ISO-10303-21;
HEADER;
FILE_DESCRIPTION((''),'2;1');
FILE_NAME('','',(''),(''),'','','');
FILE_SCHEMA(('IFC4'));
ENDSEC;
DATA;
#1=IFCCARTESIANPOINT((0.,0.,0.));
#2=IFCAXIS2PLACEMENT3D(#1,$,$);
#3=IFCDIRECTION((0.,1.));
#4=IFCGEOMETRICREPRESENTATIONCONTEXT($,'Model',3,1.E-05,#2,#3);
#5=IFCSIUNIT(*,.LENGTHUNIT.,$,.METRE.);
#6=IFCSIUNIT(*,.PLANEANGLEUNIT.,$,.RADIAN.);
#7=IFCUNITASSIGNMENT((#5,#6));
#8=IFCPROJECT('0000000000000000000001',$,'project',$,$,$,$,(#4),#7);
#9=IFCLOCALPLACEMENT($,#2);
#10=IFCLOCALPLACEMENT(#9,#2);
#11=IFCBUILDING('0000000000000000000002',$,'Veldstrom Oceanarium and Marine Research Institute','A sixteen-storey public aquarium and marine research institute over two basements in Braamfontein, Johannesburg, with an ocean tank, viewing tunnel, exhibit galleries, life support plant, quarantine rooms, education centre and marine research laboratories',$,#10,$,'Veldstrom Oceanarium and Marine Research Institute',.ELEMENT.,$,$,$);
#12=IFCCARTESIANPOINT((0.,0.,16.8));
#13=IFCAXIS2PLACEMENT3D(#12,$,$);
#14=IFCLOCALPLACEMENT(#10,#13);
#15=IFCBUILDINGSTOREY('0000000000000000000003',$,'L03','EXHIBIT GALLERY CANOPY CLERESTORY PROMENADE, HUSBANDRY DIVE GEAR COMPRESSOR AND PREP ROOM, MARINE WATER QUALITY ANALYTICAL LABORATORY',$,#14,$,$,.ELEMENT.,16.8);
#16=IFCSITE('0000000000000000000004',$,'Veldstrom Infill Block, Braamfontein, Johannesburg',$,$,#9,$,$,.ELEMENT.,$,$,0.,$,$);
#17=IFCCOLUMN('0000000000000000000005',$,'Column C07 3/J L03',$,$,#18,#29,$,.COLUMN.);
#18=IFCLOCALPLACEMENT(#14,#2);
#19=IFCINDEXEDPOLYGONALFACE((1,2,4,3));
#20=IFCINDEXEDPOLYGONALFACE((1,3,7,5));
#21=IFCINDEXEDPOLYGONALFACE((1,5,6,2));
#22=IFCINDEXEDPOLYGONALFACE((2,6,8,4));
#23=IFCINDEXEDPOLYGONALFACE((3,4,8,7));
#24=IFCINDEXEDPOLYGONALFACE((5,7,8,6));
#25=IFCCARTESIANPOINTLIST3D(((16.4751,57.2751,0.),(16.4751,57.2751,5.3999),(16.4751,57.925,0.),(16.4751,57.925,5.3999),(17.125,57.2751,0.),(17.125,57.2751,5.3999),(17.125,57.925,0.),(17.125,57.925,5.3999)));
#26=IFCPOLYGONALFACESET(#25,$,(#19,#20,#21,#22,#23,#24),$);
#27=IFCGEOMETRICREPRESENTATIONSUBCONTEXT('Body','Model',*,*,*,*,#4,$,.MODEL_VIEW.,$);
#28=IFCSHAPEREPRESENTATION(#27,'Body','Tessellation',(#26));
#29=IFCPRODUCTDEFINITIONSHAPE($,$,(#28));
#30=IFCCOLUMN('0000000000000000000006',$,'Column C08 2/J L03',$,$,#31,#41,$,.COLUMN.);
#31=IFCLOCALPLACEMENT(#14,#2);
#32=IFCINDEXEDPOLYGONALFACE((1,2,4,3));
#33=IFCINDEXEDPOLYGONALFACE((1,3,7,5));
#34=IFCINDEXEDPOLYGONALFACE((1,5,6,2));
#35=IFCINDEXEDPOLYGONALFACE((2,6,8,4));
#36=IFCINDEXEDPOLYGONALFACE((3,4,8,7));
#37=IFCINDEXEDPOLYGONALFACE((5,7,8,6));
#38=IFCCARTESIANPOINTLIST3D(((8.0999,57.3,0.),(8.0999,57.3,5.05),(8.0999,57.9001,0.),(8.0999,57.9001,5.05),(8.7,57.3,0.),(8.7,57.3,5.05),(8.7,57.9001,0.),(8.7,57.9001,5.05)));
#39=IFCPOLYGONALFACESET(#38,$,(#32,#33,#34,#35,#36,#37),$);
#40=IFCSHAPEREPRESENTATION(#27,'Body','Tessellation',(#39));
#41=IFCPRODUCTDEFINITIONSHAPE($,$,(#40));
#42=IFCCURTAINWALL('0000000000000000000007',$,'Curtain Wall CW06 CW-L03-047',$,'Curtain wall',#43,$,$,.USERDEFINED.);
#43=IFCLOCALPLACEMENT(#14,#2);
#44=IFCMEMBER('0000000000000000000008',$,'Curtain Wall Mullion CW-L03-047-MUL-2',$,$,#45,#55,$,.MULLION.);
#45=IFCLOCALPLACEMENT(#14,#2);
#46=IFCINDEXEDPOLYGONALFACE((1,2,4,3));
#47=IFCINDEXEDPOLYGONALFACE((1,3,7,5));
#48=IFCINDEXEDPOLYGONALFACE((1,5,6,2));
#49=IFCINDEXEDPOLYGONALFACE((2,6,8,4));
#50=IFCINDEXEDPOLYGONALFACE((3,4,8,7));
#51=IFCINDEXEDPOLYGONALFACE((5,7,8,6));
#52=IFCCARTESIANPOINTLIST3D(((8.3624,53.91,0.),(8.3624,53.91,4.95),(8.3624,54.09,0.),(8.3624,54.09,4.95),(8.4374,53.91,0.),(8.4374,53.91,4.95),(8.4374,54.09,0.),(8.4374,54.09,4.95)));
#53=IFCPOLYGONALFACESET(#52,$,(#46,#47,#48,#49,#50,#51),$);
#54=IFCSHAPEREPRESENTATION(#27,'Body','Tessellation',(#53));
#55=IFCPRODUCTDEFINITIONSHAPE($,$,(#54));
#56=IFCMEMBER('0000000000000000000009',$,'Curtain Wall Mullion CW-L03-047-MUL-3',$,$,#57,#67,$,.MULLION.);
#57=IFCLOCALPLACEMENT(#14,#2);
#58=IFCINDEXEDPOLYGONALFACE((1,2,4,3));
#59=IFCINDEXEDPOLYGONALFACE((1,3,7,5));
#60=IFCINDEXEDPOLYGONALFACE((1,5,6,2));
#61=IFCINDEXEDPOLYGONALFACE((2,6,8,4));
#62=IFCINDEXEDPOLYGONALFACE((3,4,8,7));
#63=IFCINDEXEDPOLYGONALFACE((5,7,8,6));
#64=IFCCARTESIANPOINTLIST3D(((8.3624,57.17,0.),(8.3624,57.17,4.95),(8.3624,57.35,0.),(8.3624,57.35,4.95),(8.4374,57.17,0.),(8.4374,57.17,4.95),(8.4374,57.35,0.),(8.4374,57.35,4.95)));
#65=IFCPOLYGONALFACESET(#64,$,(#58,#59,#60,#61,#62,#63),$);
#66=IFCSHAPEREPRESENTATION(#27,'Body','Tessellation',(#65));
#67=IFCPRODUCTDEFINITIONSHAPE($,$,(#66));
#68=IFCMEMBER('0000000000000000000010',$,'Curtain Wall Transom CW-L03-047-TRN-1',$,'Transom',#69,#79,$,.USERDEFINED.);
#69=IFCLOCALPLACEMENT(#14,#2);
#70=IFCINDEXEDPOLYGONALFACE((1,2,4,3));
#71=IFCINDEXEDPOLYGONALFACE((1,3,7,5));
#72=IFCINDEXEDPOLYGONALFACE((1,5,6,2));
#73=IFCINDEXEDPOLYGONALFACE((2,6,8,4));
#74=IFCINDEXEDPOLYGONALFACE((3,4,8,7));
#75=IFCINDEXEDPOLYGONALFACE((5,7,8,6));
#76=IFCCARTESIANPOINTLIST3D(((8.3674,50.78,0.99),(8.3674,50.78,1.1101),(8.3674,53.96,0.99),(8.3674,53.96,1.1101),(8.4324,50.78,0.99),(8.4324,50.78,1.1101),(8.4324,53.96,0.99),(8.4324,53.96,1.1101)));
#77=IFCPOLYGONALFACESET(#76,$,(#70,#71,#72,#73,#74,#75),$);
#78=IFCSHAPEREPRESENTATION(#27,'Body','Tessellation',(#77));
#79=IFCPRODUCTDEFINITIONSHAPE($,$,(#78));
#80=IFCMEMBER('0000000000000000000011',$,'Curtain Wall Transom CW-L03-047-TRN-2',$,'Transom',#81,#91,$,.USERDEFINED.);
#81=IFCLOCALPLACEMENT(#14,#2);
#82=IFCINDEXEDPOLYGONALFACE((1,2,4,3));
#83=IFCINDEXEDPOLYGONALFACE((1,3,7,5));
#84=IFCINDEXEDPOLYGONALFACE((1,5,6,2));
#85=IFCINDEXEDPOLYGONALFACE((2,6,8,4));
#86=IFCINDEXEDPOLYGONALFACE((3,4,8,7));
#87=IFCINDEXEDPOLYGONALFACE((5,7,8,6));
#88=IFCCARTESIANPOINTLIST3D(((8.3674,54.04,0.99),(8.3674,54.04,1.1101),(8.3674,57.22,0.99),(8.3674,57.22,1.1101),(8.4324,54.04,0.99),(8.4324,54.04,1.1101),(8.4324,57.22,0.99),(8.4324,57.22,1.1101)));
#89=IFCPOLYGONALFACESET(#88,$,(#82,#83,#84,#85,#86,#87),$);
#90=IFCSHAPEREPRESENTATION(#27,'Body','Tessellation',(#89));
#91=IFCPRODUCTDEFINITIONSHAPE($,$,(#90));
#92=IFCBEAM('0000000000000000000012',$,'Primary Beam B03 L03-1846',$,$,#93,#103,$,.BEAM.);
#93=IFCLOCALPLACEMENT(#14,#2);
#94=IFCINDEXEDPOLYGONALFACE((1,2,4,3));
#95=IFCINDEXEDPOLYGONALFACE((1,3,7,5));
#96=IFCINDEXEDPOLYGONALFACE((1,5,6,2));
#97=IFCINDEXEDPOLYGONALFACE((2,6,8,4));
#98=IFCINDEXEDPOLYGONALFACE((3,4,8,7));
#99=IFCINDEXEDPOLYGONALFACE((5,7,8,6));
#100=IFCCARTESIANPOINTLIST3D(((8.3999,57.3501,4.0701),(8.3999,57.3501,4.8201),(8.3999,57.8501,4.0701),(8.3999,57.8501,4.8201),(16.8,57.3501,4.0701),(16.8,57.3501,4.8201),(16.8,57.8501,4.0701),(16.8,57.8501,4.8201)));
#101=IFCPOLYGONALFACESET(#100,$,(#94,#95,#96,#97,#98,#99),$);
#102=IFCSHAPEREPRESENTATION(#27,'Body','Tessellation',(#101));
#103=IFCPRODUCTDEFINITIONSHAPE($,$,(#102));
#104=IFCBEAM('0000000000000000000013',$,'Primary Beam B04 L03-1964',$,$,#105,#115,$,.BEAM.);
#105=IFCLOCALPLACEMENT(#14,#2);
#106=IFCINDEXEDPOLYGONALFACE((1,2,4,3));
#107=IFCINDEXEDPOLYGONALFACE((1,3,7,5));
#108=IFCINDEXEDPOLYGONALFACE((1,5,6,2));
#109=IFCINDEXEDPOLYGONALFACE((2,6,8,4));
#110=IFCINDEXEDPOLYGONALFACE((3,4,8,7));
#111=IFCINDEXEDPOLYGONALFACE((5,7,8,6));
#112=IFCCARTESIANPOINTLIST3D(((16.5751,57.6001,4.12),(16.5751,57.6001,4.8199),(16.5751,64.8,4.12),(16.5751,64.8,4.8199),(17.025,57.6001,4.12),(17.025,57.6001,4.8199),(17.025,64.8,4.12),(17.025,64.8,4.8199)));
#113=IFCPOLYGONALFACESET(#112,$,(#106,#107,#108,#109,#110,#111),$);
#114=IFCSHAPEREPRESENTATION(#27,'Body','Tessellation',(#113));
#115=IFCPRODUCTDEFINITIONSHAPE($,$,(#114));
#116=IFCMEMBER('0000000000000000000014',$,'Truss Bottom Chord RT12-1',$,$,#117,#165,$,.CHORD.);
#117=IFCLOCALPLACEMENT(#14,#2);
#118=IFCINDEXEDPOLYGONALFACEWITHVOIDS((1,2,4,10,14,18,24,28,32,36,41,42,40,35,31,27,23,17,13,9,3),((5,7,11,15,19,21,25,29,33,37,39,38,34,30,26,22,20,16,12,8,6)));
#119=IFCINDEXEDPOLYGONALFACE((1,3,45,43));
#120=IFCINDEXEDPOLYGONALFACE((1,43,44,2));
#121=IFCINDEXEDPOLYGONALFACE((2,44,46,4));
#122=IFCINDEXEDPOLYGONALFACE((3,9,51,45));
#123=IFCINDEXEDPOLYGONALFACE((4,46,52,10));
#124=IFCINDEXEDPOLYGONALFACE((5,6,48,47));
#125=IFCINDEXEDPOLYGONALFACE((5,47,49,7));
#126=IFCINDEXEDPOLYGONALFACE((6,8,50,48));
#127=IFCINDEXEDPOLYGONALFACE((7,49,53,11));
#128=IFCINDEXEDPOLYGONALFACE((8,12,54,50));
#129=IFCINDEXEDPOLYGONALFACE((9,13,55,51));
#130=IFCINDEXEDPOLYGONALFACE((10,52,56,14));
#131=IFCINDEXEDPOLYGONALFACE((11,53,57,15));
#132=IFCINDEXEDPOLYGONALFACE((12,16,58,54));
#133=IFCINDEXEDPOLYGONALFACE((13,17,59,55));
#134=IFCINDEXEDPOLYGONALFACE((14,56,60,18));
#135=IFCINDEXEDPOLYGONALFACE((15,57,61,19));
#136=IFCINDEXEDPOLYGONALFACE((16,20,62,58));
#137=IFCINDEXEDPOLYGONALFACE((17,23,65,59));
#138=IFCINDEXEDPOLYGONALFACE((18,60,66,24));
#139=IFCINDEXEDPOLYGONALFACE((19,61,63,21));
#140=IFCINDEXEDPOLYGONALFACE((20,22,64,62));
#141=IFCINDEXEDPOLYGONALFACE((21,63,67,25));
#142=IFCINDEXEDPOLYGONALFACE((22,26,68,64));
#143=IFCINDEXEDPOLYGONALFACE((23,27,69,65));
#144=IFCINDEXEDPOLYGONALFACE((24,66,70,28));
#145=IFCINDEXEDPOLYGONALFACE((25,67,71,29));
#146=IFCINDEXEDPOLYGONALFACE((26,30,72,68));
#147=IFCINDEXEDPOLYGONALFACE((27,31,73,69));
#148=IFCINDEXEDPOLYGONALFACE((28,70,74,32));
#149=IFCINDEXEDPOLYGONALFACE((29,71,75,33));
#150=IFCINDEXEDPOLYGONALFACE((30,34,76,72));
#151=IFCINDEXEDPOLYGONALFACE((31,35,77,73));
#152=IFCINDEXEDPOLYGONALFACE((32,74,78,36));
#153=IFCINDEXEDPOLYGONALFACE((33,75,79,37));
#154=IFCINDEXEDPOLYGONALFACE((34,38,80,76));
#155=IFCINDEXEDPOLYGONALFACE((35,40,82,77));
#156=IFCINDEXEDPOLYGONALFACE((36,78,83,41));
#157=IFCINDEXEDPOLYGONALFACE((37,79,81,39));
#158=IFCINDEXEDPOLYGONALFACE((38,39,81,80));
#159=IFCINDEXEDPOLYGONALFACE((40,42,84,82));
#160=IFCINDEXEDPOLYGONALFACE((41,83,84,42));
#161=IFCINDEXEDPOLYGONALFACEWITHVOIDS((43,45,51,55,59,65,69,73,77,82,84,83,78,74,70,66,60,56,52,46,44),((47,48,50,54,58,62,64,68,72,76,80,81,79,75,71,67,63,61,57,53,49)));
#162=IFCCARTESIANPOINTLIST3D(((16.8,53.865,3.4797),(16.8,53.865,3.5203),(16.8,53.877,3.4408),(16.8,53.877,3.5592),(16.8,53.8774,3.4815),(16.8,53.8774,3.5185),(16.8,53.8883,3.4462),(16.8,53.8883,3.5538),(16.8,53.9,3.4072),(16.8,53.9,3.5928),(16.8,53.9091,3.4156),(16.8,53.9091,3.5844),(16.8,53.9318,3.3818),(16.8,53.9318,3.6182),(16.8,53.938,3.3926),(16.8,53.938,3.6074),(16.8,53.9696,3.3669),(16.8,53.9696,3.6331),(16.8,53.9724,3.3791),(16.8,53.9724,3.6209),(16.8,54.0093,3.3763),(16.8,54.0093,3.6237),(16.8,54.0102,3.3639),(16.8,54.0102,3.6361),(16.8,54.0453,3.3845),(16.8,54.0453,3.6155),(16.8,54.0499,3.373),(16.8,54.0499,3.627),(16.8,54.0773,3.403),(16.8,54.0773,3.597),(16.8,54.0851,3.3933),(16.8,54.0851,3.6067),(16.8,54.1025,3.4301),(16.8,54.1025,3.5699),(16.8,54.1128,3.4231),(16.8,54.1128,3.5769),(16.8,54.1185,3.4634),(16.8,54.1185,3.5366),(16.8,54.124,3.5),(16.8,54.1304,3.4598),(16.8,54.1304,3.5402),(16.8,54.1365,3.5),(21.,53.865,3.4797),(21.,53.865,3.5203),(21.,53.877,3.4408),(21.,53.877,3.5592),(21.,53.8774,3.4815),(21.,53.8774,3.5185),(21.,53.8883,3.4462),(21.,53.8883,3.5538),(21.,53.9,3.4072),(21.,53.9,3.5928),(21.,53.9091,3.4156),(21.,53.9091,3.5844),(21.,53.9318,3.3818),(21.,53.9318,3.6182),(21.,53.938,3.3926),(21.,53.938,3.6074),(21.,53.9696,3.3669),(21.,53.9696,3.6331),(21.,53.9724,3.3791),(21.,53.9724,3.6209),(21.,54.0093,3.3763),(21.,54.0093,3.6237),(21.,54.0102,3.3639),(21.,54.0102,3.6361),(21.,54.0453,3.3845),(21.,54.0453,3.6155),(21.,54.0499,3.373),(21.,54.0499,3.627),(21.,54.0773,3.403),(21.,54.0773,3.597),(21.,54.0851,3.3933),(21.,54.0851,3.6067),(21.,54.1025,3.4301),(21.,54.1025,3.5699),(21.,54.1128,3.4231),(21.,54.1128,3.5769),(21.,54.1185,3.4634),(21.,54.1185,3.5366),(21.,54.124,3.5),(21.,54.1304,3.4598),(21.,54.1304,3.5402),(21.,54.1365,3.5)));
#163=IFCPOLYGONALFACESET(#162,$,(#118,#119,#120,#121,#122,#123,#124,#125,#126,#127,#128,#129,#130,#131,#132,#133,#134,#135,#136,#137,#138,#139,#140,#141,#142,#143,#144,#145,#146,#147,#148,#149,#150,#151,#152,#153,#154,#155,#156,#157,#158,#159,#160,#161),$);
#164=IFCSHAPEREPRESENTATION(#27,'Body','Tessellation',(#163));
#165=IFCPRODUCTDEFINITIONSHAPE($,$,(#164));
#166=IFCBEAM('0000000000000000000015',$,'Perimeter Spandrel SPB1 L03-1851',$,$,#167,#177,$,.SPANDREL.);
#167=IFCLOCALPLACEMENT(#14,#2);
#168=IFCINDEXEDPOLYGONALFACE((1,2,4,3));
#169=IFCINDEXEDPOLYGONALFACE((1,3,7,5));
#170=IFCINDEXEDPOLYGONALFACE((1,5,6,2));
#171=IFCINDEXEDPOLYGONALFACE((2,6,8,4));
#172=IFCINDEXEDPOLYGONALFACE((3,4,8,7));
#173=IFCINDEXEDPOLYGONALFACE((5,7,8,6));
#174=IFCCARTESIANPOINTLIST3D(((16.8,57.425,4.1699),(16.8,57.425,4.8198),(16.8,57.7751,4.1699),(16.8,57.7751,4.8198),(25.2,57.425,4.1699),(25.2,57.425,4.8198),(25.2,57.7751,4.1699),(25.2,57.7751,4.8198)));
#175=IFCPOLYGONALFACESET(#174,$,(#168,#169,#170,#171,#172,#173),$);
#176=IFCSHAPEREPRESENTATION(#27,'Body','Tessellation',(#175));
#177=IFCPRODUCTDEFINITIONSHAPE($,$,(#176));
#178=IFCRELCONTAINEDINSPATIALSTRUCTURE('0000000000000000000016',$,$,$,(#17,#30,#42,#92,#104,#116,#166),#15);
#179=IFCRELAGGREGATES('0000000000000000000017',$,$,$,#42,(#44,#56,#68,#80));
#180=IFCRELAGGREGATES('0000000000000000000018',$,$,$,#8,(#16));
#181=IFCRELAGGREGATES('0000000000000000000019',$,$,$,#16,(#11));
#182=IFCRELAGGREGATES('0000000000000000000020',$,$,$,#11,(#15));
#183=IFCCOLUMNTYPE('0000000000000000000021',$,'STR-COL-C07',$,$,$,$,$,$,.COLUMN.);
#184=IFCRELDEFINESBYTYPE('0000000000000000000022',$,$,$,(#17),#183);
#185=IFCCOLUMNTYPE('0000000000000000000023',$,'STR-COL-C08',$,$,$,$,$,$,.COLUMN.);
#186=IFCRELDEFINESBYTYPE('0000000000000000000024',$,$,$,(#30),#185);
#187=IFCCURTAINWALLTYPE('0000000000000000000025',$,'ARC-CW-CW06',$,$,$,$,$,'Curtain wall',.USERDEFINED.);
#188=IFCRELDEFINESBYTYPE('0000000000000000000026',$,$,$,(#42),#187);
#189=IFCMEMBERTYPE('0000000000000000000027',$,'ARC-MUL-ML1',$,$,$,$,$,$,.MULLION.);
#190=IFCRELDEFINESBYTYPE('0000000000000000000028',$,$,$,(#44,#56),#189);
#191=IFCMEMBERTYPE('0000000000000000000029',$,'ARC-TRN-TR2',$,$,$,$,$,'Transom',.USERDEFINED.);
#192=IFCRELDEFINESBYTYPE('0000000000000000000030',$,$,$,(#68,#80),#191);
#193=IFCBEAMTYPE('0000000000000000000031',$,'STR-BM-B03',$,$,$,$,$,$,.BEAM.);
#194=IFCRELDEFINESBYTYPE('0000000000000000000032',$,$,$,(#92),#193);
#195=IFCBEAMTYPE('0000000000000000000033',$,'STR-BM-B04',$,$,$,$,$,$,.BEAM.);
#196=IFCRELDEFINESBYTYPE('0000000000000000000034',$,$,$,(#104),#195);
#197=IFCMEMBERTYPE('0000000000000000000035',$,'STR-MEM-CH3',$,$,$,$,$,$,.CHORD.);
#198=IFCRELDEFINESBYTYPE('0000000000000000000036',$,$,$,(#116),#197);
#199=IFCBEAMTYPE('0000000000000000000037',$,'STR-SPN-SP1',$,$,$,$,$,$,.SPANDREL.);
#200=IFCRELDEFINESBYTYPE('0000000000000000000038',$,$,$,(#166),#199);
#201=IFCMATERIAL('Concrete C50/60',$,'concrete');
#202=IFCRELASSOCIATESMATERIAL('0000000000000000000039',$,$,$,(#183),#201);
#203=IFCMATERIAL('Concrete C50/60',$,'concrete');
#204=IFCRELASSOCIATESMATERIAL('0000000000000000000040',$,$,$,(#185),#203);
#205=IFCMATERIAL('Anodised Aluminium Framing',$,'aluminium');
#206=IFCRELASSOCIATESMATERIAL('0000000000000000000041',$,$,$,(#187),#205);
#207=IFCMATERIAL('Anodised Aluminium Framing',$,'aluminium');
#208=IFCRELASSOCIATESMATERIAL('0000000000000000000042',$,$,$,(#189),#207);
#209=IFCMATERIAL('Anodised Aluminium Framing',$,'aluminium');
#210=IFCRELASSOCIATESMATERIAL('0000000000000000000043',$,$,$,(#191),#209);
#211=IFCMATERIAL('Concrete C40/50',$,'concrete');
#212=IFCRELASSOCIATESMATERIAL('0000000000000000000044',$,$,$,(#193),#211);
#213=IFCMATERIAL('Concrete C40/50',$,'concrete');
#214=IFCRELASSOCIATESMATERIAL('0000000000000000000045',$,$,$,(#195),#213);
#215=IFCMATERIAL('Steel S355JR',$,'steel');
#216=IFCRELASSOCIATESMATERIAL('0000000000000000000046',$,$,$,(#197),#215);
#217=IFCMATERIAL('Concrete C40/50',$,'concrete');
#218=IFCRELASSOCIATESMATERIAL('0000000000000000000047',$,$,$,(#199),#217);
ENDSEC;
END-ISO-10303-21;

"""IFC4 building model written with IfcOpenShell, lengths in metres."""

from ifc_helpers import new_model, si_unit, direction, frame, origin, origin_2d, place, context, subcontext, project, spatial, rectangle, hollow_circle, extrude, material, material_profile, profile_set, type_object, element, aggregate, save


model = new_model("IFC4")

# Units and contexts
model_context = context("Model", 3, precision=1e-05, world=origin(), true_north=direction((0.0, 1.0)))
body_context = subcontext(model_context, "Body", "Model", "MODEL_VIEW")
ifc_project = project(units=[si_unit("LENGTHUNIT", "METRE"), si_unit("PLANEANGLEUNIT", "RADIAN")], contexts=[model_context])

# Site, building, storey
site_placement = place(None, origin())
site = spatial("IfcSite", under=ifc_project, at=site_placement, Name="Veldstrom Infill Block, Braamfontein, Johannesburg", CompositionType="ELEMENT", RefElevation=0.0)
building_placement = place(site_placement, origin())
building = spatial("IfcBuilding", under=site, at=building_placement, Name="Veldstrom Oceanarium and Marine Research Institute", Description="A sixteen-storey public aquarium and marine research institute over two basements in Braamfontein, Johannesburg, with an ocean tank, viewing tunnel, exhibit galleries, life support plant, quarantine rooms, education centre and marine research laboratories", LongName="Veldstrom Oceanarium and Marine Research Institute", CompositionType="ELEMENT")
storey_placement = place(building_placement, frame((0.0, 0.0, 16.8)))
storey = spatial("IfcBuildingStorey", under=building, at=storey_placement, Name="L03", Description="EXHIBIT GALLERY CANOPY CLERESTORY PROMENADE, HUSBANDRY DIVE GEAR COMPRESSOR AND PREP ROOM, MARINE WATER QUALITY ANALYTICAL LABORATORY", CompositionType="ELEMENT", Elevation=16.8)

# Columns
ifc_material_1 = material(Name="Concrete C50/60", Category="concrete")
ifc_material_profile_1 = material_profile(ifc_material_1, rectangle(XDim=0.6499, YDim=0.6499, at=origin_2d()), Name="RC-COL-650x650")
ifc_profile_set_1 = profile_set([ifc_material_profile_1], Name="Concrete C50/60")
column_type_1 = type_object("IfcColumnType", Name="STR-COL-C07", PredefinedType="COLUMN", material=ifc_profile_set_1)
column_1_placement = place(storey_placement, frame((16.8, 57.6001, 0.0), z_axis=(0.0, 0.0, 1.0), x_axis=(1.0, 0.0, 0.0)))
element("IfcColumn", 1, at=column_1_placement, inside=storey, type_object=column_type_1, Name="Column C07 3/J L03", PredefinedType="COLUMN", context=body_context, shape_type="SweptSolid", body=[
    extrude(rectangle(XDim=0.6499, YDim=0.6499, at=origin_2d()), origin(), (0.0, 0.0, 1.0), 5.3999),
])
ifc_material_2 = material(Name="Concrete C50/60", Category="concrete")
ifc_material_profile_2 = material_profile(ifc_material_2, rectangle(XDim=0.6001, YDim=0.6001, at=origin_2d()), Name="RC-COL-600x600")
ifc_profile_set_2 = profile_set([ifc_material_profile_2], Name="Concrete C50/60")
column_type_2 = type_object("IfcColumnType", Name="STR-COL-C08", PredefinedType="COLUMN", material=ifc_profile_set_2)
column_2_placement = place(storey_placement, frame((8.3999, 57.6001, 0.0), z_axis=(0.0, 0.0, 1.0), x_axis=(1.0, 0.0, 0.0)))
element("IfcColumn", 2, at=column_2_placement, inside=storey, type_object=column_type_2, Name="Column C08 2/J L03", PredefinedType="COLUMN", context=body_context, shape_type="SweptSolid", body=[
    extrude(rectangle(XDim=0.6001, YDim=0.6001, at=origin_2d()), origin(), (0.0, 0.0, 1.0), 5.05),
])

# Curtain wall, members
ifc_material_3 = material(Name="Anodised Aluminium Framing", Category="aluminium")
curtain_wall_type = type_object("IfcCurtainWallType", Name="ARC-CW-CW06", ElementType="Curtain wall", PredefinedType="USERDEFINED", material=ifc_material_3)
curtain_wall_placement = place(storey_placement, origin())
curtain_wall = element("IfcCurtainWall", 3, at=curtain_wall_placement, inside=storey, type_object=curtain_wall_type, Name="Curtain Wall CW06 CW-L03-047", ObjectType="Curtain wall", PredefinedType="USERDEFINED")
ifc_material_4 = material(Name="Anodised Aluminium Framing", Category="aluminium")
ifc_material_profile_3 = material_profile(ifc_material_4, rectangle(XDim=0.075, YDim=0.1799, at=origin_2d()), Name="ALU-MUL-75x180")
ifc_profile_set_3 = profile_set([ifc_material_profile_3], Name="Anodised Aluminium Framing")
member_type_1 = type_object("IfcMemberType", Name="ARC-MUL-ML1", PredefinedType="MULLION", material=ifc_profile_set_3)
member_1_placement = place(storey_placement, frame((8.3999, 54.0, 0.0), z_axis=(0.0, 0.0, 1.0), x_axis=(1.0, 0.0, 0.0)))
member_1 = element("IfcMember", 4, at=member_1_placement, type_object=member_type_1, Name="Curtain Wall Mullion CW-L03-047-MUL-2", PredefinedType="MULLION", context=body_context, shape_type="SweptSolid", body=[
    extrude(rectangle(XDim=0.075, YDim=0.1799, at=origin_2d()), origin(), (0.0, 0.0, 1.0), 4.95),
])
member_2_placement = place(storey_placement, frame((8.3999, 57.26, 0.0), z_axis=(0.0, 0.0, 1.0), x_axis=(1.0, 0.0, 0.0)))
member_2 = element("IfcMember", 5, at=member_2_placement, type_object=member_type_1, Name="Curtain Wall Mullion CW-L03-047-MUL-3", PredefinedType="MULLION", context=body_context, shape_type="SweptSolid", body=[
    extrude(rectangle(XDim=0.075, YDim=0.1799, at=origin_2d()), origin(), (0.0, 0.0, 1.0), 4.95),
])
ifc_material_5 = material(Name="Anodised Aluminium Framing", Category="aluminium")
ifc_material_profile_4 = material_profile(ifc_material_5, rectangle(XDim=0.0649, YDim=0.1201, at=origin_2d()), Name="ALU-TRN-65x120")
ifc_profile_set_4 = profile_set([ifc_material_profile_4], Name="Anodised Aluminium Framing")
member_type_2 = type_object("IfcMemberType", Name="ARC-TRN-TR2", ElementType="Transom", PredefinedType="USERDEFINED", material=ifc_profile_set_4)
member_3_placement = place(storey_placement, frame((8.3999, 50.78, 1.05), z_axis=(0.0, 1.0, 0.0), x_axis=(-1.0, 0.0, 0.0)))
member_3 = element("IfcMember", 6, at=member_3_placement, type_object=member_type_2, Name="Curtain Wall Transom CW-L03-047-TRN-1", ObjectType="Transom", PredefinedType="USERDEFINED", context=body_context, shape_type="SweptSolid", body=[
    extrude(rectangle(XDim=0.0649, YDim=0.1201, at=origin_2d()), origin(), (0.0, 0.0, 1.0), 3.1799),
])
member_4_placement = place(storey_placement, frame((8.3999, 54.04, 1.05), z_axis=(0.0, 1.0, 0.0), x_axis=(-1.0, 0.0, 0.0)))
member_4 = element("IfcMember", 7, at=member_4_placement, type_object=member_type_2, Name="Curtain Wall Transom CW-L03-047-TRN-2", ObjectType="Transom", PredefinedType="USERDEFINED", context=body_context, shape_type="SweptSolid", body=[
    extrude(rectangle(XDim=0.0649, YDim=0.1201, at=origin_2d()), origin(), (0.0, 0.0, 1.0), 3.1799),
])

# Beams
ifc_material_6 = material(Name="Concrete C40/50", Category="concrete")
ifc_material_profile_5 = material_profile(ifc_material_6, rectangle(XDim=0.5, YDim=0.75, at=origin_2d()), Name="RC-BM-500x750")
ifc_profile_set_5 = profile_set([ifc_material_profile_5], Name="Concrete C40/50")
beam_type_1 = type_object("IfcBeamType", Name="STR-BM-B03", PredefinedType="BEAM", material=ifc_profile_set_5)
beam_1_placement = place(storey_placement, frame((8.3999, 57.6001, 4.4451), z_axis=(1.0, 0.0, 0.0), x_axis=(0.0, 1.0, 0.0)))
element("IfcBeam", 8, at=beam_1_placement, inside=storey, type_object=beam_type_1, Name="Primary Beam B03 L03-1846", PredefinedType="BEAM", context=body_context, shape_type="SweptSolid", body=[
    extrude(rectangle(XDim=0.5, YDim=0.75, at=origin_2d()), origin(), (0.0, 0.0, 1.0), 8.4001),
])
ifc_material_7 = material(Name="Concrete C40/50", Category="concrete")
ifc_material_profile_6 = material_profile(ifc_material_7, rectangle(XDim=0.45, YDim=0.7, at=origin_2d()), Name="RC-BM-450x700")
ifc_profile_set_6 = profile_set([ifc_material_profile_6], Name="Concrete C40/50")
beam_type_2 = type_object("IfcBeamType", Name="STR-BM-B04", PredefinedType="BEAM", material=ifc_profile_set_6)
beam_2_placement = place(storey_placement, frame((16.8, 57.6001, 4.47), z_axis=(0.0, 1.0, 0.0), x_axis=(-1.0, 0.0, 0.0)))
element("IfcBeam", 9, at=beam_2_placement, inside=storey, type_object=beam_type_2, Name="Primary Beam B04 L03-1964", PredefinedType="BEAM", context=body_context, shape_type="SweptSolid", body=[
    extrude(rectangle(XDim=0.45, YDim=0.7, at=origin_2d()), origin(), (0.0, 0.0, 1.0), 7.2),
])

# Member
ifc_material_8 = material(Name="Steel S355JR", Category="steel")
ifc_material_profile_7 = material_profile(ifc_material_8, hollow_circle(Radius=0.1365, WallThickness=0.0125, at=origin_2d()), Name="CHS 273x12.5")
ifc_profile_set_7 = profile_set([ifc_material_profile_7], Name="Steel S355JR")
member_type_3 = type_object("IfcMemberType", Name="STR-MEM-CH3", PredefinedType="CHORD", material=ifc_profile_set_7)
member_5_placement = place(storey_placement, frame((16.8, 54.0, 3.5), z_axis=(1.0, 0.0, 0.0), x_axis=(0.0, 1.0, 0.0)))
element("IfcMember", 10, at=member_5_placement, inside=storey, type_object=member_type_3, Name="Truss Bottom Chord RT12-1", PredefinedType="CHORD", context=body_context, shape_type="SweptSolid", body=[
    extrude(hollow_circle(Radius=0.1365, WallThickness=0.0125, at=origin_2d()), origin(), (0.0, 0.0, 1.0), 4.2),
])

# Beam
ifc_material_9 = material(Name="Concrete C40/50", Category="concrete")
ifc_material_profile_8 = material_profile(ifc_material_9, rectangle(XDim=0.3501, YDim=0.6499, at=origin_2d()), Name="RC-SPN-350x650")
ifc_profile_set_8 = profile_set([ifc_material_profile_8], Name="Concrete C40/50")
beam_type_3 = type_object("IfcBeamType", Name="STR-SPN-SP1", PredefinedType="SPANDREL", material=ifc_profile_set_8)
beam_3_placement = place(storey_placement, frame((16.8, 57.6001, 4.4949), z_axis=(1.0, 0.0, 0.0), x_axis=(0.0, 1.0, 0.0)))
element("IfcBeam", 11, at=beam_3_placement, inside=storey, type_object=beam_type_3, Name="Perimeter Spandrel SPB1 L03-1851", PredefinedType="SPANDREL", context=body_context, shape_type="SweptSolid", body=[
    extrude(rectangle(XDim=0.3501, YDim=0.6499, at=origin_2d()), origin(), (0.0, 0.0, 1.0), 8.3999),
])

aggregate(curtain_wall, [member_1, member_2, member_3, member_4])

save(model, "model.ifc")
